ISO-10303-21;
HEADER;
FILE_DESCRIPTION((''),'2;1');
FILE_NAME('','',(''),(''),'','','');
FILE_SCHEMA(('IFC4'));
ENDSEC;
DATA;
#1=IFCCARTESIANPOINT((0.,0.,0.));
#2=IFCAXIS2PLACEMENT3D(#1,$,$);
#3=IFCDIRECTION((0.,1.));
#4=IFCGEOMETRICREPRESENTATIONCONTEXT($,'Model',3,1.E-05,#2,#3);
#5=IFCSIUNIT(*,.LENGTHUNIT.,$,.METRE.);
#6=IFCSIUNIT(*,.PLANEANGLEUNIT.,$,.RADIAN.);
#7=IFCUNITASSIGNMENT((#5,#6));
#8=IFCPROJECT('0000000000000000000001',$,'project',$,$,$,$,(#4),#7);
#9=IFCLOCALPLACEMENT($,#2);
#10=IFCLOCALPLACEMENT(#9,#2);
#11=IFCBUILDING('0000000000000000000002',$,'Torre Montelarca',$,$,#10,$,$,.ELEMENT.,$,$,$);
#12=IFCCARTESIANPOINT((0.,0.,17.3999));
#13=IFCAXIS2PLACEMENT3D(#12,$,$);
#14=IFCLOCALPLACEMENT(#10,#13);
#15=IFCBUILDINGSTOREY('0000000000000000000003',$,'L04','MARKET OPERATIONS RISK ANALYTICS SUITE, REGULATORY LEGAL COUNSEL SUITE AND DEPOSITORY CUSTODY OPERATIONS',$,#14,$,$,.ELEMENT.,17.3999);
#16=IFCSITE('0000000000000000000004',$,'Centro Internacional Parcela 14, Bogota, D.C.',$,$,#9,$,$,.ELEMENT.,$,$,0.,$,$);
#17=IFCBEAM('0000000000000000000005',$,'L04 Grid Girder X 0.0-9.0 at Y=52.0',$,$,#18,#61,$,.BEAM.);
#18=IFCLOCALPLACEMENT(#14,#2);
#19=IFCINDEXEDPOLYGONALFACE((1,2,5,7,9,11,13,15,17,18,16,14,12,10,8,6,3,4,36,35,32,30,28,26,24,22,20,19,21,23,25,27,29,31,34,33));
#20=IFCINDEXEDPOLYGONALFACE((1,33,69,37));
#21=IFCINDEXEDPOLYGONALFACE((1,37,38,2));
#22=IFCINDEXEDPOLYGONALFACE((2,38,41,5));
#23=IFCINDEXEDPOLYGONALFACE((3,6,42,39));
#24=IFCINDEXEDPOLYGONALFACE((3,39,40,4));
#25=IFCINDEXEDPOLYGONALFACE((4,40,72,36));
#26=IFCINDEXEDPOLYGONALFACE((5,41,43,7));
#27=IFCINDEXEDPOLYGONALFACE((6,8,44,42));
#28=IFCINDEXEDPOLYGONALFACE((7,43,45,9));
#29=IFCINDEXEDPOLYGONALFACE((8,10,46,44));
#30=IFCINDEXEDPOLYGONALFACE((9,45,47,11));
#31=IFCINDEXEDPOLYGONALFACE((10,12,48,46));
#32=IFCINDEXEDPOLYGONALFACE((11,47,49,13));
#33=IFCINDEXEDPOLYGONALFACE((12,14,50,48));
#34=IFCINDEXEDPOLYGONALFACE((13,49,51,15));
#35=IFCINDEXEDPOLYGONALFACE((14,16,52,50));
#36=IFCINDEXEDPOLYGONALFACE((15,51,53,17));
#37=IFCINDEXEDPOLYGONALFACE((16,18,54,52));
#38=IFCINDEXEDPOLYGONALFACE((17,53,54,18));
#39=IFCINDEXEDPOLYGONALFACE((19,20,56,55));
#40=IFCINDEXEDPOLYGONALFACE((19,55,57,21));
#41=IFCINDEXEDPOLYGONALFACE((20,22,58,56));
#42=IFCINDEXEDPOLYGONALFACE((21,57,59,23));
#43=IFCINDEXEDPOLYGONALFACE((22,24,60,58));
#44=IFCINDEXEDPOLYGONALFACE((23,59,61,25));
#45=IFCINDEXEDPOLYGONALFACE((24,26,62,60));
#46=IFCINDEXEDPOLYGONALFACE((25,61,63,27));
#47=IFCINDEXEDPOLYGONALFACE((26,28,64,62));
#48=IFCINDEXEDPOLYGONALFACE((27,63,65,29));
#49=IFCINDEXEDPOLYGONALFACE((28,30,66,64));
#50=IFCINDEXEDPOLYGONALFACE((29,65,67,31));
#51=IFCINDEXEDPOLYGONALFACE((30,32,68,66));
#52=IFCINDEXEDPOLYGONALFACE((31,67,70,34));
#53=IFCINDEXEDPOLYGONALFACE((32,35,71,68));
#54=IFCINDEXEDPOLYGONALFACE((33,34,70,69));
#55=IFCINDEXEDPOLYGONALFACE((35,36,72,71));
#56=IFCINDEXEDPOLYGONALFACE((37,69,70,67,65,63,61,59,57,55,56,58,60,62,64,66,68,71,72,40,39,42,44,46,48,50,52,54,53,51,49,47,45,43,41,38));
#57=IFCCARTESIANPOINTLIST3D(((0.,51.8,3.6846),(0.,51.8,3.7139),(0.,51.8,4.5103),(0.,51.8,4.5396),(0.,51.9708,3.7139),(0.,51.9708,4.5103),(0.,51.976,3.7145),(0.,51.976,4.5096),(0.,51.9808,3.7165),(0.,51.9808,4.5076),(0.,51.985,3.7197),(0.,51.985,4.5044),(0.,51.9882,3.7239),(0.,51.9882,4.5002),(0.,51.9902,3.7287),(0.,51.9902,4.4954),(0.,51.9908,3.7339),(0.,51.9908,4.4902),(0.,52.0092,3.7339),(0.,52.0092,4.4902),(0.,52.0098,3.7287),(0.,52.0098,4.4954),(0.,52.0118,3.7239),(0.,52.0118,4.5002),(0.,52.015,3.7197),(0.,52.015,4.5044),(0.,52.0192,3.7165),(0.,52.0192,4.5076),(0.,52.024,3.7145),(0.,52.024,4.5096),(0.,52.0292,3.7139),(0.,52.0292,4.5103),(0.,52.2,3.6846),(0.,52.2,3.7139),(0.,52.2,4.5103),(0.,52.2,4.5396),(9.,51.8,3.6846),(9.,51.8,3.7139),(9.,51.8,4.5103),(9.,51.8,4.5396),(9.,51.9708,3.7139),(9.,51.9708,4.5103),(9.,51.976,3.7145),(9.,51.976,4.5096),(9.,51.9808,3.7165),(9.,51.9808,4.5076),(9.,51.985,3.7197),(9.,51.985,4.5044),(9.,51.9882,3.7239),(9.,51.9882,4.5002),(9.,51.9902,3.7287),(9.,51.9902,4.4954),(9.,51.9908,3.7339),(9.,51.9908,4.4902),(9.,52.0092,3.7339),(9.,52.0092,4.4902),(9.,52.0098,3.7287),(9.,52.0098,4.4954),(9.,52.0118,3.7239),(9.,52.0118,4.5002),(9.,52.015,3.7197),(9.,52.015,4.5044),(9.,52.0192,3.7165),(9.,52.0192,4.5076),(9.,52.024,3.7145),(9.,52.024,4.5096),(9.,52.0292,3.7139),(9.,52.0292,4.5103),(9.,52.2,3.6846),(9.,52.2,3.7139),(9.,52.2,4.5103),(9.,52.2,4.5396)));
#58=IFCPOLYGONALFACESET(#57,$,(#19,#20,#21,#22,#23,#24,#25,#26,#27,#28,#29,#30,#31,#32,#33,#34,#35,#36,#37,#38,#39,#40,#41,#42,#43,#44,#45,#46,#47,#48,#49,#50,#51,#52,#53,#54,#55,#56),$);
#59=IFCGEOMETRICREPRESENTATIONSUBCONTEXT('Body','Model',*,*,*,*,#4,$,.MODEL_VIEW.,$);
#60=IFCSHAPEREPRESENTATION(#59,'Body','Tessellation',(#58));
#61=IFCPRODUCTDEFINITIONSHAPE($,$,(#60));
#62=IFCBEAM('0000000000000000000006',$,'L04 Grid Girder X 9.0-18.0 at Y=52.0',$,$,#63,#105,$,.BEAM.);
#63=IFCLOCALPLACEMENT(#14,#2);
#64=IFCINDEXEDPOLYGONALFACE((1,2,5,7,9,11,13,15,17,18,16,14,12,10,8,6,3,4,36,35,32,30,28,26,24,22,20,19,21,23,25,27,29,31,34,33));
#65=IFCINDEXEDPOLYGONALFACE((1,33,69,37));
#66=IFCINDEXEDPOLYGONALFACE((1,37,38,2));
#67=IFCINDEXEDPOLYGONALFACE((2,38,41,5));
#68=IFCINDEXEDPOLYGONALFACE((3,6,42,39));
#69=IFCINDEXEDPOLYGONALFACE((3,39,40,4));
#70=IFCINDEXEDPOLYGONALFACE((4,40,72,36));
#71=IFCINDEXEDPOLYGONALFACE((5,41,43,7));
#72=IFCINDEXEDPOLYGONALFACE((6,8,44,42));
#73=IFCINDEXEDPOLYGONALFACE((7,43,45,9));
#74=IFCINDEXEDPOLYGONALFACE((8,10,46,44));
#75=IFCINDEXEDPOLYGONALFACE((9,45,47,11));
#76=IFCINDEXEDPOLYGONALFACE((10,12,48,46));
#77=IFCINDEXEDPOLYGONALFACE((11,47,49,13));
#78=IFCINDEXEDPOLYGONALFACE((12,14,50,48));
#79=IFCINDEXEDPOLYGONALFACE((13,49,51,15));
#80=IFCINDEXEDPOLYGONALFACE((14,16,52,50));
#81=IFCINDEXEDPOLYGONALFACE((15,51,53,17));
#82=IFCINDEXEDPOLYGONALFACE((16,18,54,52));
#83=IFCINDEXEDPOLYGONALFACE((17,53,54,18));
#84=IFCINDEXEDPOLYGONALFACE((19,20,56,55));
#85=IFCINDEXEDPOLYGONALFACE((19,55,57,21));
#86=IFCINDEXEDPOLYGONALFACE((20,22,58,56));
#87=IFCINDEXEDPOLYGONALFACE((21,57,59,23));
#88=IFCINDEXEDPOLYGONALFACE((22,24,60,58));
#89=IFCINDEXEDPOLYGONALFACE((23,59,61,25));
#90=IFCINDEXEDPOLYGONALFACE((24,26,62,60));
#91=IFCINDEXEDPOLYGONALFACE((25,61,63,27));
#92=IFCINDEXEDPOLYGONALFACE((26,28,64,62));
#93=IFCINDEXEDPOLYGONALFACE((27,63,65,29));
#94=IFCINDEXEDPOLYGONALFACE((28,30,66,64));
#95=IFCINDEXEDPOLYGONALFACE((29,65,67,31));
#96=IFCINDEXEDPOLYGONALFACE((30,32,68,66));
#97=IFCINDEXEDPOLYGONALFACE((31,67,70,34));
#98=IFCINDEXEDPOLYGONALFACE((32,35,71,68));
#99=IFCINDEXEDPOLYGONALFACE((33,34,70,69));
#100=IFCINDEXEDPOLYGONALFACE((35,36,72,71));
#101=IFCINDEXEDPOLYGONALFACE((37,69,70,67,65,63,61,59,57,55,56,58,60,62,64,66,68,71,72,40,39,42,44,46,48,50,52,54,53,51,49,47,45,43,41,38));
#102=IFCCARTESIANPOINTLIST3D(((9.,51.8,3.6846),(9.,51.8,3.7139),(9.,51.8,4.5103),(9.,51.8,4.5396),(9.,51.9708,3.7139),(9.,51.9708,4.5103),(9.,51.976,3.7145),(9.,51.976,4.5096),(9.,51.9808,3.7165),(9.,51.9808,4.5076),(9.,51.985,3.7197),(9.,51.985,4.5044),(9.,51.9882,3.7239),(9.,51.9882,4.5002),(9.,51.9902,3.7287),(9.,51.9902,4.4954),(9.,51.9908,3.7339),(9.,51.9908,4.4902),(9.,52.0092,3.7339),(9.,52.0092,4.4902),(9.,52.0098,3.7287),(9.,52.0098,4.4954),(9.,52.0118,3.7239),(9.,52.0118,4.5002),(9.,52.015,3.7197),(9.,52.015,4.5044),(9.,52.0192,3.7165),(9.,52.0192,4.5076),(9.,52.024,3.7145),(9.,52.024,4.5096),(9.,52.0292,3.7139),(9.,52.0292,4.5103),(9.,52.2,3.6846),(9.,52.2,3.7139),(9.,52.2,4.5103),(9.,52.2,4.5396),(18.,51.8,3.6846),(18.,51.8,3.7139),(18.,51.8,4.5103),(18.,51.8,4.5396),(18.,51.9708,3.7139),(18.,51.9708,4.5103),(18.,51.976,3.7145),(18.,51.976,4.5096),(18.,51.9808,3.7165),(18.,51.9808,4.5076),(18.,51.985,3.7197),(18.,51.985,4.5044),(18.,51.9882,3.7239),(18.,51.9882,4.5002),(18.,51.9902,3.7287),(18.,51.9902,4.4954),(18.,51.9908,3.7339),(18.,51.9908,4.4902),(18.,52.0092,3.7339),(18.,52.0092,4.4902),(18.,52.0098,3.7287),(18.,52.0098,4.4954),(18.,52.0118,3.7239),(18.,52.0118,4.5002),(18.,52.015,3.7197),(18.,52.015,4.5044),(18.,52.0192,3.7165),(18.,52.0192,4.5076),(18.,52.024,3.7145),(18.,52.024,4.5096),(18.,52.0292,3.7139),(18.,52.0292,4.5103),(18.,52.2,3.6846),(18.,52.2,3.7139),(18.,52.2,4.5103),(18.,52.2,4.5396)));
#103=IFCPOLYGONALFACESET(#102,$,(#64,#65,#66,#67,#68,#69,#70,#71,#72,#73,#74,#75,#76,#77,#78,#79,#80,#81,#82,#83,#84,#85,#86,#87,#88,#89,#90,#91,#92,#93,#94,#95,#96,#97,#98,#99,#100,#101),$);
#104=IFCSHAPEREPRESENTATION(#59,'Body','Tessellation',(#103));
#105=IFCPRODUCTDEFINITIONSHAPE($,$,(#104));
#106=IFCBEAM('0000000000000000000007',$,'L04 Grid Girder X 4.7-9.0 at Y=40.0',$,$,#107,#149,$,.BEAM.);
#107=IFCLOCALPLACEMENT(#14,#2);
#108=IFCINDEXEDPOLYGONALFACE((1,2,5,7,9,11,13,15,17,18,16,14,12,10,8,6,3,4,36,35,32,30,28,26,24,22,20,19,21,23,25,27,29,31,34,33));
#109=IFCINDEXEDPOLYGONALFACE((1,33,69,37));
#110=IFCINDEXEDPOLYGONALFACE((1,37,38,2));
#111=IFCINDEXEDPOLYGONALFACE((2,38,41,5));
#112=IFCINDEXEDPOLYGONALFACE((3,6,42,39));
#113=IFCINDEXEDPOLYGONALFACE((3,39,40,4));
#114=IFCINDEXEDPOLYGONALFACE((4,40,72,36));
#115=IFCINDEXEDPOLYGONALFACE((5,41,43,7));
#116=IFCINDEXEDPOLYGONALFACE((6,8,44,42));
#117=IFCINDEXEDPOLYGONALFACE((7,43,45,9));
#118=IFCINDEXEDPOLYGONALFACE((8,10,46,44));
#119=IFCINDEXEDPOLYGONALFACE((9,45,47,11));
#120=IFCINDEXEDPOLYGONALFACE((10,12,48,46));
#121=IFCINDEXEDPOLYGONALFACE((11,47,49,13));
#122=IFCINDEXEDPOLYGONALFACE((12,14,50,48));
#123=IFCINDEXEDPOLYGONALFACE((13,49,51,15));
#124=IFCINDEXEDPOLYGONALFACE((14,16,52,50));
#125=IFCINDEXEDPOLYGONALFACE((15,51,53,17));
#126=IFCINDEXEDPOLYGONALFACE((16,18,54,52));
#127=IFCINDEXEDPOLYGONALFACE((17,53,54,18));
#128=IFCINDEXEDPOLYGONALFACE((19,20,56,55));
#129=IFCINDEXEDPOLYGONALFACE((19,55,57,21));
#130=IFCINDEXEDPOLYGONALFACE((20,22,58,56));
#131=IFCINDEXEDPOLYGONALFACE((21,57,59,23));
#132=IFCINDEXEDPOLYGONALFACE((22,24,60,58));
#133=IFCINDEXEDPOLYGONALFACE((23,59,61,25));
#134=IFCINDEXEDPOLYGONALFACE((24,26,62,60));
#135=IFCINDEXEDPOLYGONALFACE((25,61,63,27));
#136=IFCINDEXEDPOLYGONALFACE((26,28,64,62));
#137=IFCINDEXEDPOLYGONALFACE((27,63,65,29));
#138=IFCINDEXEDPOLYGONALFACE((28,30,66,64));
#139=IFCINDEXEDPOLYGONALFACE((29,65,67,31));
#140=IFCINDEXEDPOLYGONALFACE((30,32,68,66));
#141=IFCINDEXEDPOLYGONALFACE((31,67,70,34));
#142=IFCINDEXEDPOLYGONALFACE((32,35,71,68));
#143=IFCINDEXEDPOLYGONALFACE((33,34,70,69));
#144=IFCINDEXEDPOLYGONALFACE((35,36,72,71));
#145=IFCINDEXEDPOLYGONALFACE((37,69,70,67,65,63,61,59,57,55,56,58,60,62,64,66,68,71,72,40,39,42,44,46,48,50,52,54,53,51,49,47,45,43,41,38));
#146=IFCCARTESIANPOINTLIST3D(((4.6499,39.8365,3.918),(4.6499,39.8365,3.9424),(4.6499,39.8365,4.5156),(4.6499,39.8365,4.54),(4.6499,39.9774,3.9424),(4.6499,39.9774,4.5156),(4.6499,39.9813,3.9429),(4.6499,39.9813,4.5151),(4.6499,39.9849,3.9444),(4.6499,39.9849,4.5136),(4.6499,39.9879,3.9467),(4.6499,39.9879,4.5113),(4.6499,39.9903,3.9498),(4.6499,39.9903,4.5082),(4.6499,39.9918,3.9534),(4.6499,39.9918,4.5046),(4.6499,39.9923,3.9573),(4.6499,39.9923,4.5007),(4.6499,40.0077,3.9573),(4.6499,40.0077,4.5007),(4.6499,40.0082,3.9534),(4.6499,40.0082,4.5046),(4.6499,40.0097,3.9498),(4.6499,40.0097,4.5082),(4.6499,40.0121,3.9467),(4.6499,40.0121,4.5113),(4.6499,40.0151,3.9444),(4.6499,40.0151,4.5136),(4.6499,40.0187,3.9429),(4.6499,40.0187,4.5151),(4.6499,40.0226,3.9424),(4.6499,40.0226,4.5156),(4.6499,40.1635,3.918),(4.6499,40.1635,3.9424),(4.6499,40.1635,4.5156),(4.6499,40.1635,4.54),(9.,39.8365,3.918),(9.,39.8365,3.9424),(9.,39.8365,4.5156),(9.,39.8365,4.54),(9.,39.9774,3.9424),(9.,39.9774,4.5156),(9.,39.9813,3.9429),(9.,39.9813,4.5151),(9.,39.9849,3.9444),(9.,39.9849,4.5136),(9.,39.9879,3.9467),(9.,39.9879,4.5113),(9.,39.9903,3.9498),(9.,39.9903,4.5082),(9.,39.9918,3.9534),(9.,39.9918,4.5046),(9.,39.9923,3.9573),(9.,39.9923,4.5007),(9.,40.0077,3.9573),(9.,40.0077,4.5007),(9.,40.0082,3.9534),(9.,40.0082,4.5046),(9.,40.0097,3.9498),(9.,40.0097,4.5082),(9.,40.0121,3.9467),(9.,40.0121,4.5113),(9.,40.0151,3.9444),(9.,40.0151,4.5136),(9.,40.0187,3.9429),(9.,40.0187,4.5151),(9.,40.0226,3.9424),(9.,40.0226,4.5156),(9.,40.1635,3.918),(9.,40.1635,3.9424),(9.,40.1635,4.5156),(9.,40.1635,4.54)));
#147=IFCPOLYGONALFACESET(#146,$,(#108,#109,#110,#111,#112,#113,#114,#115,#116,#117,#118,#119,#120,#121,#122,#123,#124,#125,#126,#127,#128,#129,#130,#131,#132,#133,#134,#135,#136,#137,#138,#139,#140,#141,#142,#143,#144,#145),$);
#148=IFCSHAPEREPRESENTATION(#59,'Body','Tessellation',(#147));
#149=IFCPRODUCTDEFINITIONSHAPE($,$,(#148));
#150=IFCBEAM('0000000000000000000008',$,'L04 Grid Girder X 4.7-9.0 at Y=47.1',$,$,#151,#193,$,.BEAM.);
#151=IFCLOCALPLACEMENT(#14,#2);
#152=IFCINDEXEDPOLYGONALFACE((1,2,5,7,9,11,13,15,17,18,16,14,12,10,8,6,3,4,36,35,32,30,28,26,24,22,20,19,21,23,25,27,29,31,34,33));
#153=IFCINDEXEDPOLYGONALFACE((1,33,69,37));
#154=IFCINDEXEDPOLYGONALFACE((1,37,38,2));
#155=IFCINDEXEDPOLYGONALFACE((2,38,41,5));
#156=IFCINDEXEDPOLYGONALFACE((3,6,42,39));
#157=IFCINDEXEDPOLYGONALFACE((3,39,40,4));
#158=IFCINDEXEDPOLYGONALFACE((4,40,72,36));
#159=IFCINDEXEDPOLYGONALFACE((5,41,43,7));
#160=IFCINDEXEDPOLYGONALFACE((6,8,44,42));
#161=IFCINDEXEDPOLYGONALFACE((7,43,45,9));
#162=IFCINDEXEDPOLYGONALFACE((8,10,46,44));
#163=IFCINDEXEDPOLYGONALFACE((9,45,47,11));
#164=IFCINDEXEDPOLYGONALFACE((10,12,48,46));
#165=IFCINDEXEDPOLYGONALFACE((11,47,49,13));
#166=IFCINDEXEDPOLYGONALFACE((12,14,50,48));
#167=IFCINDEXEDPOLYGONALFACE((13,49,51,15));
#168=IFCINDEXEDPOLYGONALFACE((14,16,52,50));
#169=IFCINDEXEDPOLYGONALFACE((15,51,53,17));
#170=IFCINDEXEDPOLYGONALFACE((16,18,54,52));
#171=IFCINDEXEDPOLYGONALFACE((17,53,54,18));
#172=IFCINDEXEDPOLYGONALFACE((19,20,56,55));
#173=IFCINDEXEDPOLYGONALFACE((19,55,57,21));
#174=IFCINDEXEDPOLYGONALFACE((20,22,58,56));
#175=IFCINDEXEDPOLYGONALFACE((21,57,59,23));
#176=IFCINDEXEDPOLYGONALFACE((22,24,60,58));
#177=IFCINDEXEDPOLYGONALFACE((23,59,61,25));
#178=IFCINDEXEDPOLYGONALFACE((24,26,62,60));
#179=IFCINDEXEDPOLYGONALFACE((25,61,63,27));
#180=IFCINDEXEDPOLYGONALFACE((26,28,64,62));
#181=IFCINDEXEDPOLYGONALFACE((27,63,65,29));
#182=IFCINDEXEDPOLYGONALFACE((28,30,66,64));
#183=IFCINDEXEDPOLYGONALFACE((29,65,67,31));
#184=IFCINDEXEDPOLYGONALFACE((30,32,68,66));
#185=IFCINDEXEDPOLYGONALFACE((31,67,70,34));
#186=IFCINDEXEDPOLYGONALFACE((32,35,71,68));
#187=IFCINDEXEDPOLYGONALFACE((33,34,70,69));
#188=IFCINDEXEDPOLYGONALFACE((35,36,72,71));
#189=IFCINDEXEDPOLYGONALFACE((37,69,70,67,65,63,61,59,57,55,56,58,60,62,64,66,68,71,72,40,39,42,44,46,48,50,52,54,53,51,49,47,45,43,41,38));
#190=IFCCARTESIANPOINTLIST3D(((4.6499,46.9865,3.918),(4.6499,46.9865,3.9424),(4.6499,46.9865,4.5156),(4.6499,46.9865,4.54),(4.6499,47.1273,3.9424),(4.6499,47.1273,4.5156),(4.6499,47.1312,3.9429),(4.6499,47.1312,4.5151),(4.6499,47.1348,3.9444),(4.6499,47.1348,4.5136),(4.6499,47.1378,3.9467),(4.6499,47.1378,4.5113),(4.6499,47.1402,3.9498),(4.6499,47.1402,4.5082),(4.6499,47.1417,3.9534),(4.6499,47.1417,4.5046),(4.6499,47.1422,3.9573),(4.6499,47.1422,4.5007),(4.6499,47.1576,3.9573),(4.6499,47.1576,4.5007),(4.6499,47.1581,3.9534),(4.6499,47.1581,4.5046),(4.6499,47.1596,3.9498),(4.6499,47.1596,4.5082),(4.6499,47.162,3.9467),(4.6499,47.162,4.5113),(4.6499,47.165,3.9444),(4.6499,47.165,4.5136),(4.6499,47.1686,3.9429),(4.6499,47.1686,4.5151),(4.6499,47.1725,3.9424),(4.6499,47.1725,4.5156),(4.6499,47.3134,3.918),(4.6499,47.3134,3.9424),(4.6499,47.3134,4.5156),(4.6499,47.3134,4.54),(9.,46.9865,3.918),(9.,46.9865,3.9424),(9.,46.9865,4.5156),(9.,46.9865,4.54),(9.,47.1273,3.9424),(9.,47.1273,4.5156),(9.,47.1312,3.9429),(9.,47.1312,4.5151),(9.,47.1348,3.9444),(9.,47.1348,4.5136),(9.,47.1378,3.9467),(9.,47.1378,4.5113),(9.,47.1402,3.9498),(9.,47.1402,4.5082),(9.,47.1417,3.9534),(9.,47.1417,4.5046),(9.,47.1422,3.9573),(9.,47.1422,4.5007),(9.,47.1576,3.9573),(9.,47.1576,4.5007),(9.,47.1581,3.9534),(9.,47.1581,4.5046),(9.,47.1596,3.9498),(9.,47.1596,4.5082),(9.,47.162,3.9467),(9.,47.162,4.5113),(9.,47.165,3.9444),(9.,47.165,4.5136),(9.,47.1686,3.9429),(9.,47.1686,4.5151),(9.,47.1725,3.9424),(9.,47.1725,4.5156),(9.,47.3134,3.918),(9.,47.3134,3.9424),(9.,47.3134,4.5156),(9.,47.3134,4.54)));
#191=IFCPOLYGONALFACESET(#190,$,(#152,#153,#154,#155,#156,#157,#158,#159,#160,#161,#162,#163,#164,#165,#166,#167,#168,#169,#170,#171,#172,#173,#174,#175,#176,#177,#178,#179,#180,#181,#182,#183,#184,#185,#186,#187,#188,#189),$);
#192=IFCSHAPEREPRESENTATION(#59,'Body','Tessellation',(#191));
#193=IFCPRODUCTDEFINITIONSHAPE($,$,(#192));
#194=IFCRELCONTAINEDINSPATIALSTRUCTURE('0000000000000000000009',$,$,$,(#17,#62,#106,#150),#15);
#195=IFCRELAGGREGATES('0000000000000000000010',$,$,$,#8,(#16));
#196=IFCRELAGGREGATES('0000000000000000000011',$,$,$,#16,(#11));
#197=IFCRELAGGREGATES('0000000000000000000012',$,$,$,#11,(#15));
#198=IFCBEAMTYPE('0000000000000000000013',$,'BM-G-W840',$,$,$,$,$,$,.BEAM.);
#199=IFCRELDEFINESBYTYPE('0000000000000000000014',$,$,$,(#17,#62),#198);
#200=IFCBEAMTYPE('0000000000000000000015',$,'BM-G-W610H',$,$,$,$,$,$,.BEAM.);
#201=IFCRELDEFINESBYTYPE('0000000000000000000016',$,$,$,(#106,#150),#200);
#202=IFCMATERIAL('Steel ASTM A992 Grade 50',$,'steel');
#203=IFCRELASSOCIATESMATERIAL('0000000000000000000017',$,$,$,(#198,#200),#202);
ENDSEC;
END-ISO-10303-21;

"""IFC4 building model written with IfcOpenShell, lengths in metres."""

from ifc_helpers import new_model, si_unit, direction, frame, origin, origin_2d, place, context, subcontext, project, spatial, i_section, extrude, source, transform, mapped, material, material_profile, profile_set, type_object, element, save


model = new_model("IFC4")

# Units and contexts
model_context = context("Model", 3, precision=1e-05, world=origin(), true_north=direction((0.0, 1.0)))
body_context = subcontext(model_context, "Body", "Model", "MODEL_VIEW")
ifc_project = project(units=[si_unit("LENGTHUNIT", "METRE"), si_unit("PLANEANGLEUNIT", "RADIAN")], contexts=[model_context])

# Site, building, storey
site_placement = place(None, origin())
site = spatial("IfcSite", under=ifc_project, at=site_placement, Name="Centro Internacional Parcela 14, Bogota, D.C.", CompositionType="ELEMENT", RefElevation=0.0)
building_placement = place(site_placement, origin())
building = spatial("IfcBuilding", under=site, at=building_placement, Name="Torre Montelarca", CompositionType="ELEMENT")
storey_placement = place(building_placement, frame((0.0, 0.0, 17.3999)))
storey = spatial("IfcBuildingStorey", under=building, at=storey_placement, Name="L04", Description="MARKET OPERATIONS RISK ANALYTICS SUITE, REGULATORY LEGAL COUNSEL SUITE AND DEPOSITORY CUSTODY OPERATIONS", CompositionType="ELEMENT", Elevation=17.3999)

# Beams
ifc_material_1 = material(Name="Steel ASTM A992 Grade 50", Category="steel")
ifc_material_profile_1 = material_profile(ifc_material_1, i_section(OverallWidth=0.3999, OverallDepth=0.855, WebThickness=0.0183, FlangeThickness=0.0293, FilletRadius=0.02, at=origin_2d()), Name="W840X299", Category="steel")
ifc_profile_set_1 = profile_set([ifc_material_profile_1], Name="Steel ASTM A992 Grade 50")
beam_type_1 = type_object("IfcBeamType", Name="BM-G-W840", PredefinedType="BEAM", material=ifc_profile_set_1)
shared_shape_1 = source(origin(), body_context, "Body", "SweptSolid", [
    extrude(i_section(OverallWidth=0.3999, OverallDepth=0.855, WebThickness=0.0183, FlangeThickness=0.0293, FilletRadius=0.02, at=origin_2d()), origin(), (0.0, 0.0, 1.0), 9.0),
])
for number, where, z_axis, x_axis, name in (
    (1, (0.0, 52.0, 4.1121), (1.0, 0.0, 0.0), (0.0, 1.0, 0.0), "L04 Grid Girder X 0.0-9.0 at Y=52.0"),
    (2, (9.0, 52.0, 4.1121), (1.0, 0.0, 0.0), (0.0, 1.0, 0.0), "L04 Grid Girder X 9.0-18.0 at Y=52.0"),
):
    element("IfcBeam", number, at=place(storey_placement, frame(where, z_axis=z_axis, x_axis=x_axis)), inside=storey, type_object=beam_type_1, Name=name, PredefinedType="BEAM", context=body_context, shape_type="MappedRepresentation", body=[
        mapped(shared_shape_1, transform((0.0, 0.0, 0.0), scale=1.0)),
    ])
ifc_material_profile_2 = material_profile(ifc_material_1, i_section(OverallWidth=0.3269, OverallDepth=0.6221, WebThickness=0.0154, FlangeThickness=0.0244, FilletRadius=0.0149, at=origin_2d()), Name="W610X195", Category="steel")
ifc_profile_set_2 = profile_set([ifc_material_profile_2], Name="Steel ASTM A992 Grade 50")
beam_type_2 = type_object("IfcBeamType", Name="BM-G-W610H", PredefinedType="BEAM", material=ifc_profile_set_2)
shared_shape_2 = source(origin(), body_context, "Body", "SweptSolid", [
    extrude(i_section(OverallWidth=0.3269, OverallDepth=0.6221, WebThickness=0.0154, FlangeThickness=0.0244, FilletRadius=0.0149, at=origin_2d()), origin(), (0.0, 0.0, 1.0), 4.3501),
])
for number, where, z_axis, x_axis, name in (
    (3, (4.6499, 40.0, 4.229), (1.0, 0.0, 0.0), (0.0, 1.0, 0.0), "L04 Grid Girder X 4.7-9.0 at Y=40.0"),
    (4, (4.6499, 47.1499, 4.229), (1.0, 0.0, 0.0), (0.0, 1.0, 0.0), "L04 Grid Girder X 4.7-9.0 at Y=47.1"),
):
    element("IfcBeam", number, at=place(storey_placement, frame(where, z_axis=z_axis, x_axis=x_axis)), inside=storey, type_object=beam_type_2, Name=name, PredefinedType="BEAM", context=body_context, shape_type="MappedRepresentation", body=[
        mapped(shared_shape_2, transform((0.0, 0.0, 0.0), scale=1.0)),
    ])

save(model, "model.ifc")
